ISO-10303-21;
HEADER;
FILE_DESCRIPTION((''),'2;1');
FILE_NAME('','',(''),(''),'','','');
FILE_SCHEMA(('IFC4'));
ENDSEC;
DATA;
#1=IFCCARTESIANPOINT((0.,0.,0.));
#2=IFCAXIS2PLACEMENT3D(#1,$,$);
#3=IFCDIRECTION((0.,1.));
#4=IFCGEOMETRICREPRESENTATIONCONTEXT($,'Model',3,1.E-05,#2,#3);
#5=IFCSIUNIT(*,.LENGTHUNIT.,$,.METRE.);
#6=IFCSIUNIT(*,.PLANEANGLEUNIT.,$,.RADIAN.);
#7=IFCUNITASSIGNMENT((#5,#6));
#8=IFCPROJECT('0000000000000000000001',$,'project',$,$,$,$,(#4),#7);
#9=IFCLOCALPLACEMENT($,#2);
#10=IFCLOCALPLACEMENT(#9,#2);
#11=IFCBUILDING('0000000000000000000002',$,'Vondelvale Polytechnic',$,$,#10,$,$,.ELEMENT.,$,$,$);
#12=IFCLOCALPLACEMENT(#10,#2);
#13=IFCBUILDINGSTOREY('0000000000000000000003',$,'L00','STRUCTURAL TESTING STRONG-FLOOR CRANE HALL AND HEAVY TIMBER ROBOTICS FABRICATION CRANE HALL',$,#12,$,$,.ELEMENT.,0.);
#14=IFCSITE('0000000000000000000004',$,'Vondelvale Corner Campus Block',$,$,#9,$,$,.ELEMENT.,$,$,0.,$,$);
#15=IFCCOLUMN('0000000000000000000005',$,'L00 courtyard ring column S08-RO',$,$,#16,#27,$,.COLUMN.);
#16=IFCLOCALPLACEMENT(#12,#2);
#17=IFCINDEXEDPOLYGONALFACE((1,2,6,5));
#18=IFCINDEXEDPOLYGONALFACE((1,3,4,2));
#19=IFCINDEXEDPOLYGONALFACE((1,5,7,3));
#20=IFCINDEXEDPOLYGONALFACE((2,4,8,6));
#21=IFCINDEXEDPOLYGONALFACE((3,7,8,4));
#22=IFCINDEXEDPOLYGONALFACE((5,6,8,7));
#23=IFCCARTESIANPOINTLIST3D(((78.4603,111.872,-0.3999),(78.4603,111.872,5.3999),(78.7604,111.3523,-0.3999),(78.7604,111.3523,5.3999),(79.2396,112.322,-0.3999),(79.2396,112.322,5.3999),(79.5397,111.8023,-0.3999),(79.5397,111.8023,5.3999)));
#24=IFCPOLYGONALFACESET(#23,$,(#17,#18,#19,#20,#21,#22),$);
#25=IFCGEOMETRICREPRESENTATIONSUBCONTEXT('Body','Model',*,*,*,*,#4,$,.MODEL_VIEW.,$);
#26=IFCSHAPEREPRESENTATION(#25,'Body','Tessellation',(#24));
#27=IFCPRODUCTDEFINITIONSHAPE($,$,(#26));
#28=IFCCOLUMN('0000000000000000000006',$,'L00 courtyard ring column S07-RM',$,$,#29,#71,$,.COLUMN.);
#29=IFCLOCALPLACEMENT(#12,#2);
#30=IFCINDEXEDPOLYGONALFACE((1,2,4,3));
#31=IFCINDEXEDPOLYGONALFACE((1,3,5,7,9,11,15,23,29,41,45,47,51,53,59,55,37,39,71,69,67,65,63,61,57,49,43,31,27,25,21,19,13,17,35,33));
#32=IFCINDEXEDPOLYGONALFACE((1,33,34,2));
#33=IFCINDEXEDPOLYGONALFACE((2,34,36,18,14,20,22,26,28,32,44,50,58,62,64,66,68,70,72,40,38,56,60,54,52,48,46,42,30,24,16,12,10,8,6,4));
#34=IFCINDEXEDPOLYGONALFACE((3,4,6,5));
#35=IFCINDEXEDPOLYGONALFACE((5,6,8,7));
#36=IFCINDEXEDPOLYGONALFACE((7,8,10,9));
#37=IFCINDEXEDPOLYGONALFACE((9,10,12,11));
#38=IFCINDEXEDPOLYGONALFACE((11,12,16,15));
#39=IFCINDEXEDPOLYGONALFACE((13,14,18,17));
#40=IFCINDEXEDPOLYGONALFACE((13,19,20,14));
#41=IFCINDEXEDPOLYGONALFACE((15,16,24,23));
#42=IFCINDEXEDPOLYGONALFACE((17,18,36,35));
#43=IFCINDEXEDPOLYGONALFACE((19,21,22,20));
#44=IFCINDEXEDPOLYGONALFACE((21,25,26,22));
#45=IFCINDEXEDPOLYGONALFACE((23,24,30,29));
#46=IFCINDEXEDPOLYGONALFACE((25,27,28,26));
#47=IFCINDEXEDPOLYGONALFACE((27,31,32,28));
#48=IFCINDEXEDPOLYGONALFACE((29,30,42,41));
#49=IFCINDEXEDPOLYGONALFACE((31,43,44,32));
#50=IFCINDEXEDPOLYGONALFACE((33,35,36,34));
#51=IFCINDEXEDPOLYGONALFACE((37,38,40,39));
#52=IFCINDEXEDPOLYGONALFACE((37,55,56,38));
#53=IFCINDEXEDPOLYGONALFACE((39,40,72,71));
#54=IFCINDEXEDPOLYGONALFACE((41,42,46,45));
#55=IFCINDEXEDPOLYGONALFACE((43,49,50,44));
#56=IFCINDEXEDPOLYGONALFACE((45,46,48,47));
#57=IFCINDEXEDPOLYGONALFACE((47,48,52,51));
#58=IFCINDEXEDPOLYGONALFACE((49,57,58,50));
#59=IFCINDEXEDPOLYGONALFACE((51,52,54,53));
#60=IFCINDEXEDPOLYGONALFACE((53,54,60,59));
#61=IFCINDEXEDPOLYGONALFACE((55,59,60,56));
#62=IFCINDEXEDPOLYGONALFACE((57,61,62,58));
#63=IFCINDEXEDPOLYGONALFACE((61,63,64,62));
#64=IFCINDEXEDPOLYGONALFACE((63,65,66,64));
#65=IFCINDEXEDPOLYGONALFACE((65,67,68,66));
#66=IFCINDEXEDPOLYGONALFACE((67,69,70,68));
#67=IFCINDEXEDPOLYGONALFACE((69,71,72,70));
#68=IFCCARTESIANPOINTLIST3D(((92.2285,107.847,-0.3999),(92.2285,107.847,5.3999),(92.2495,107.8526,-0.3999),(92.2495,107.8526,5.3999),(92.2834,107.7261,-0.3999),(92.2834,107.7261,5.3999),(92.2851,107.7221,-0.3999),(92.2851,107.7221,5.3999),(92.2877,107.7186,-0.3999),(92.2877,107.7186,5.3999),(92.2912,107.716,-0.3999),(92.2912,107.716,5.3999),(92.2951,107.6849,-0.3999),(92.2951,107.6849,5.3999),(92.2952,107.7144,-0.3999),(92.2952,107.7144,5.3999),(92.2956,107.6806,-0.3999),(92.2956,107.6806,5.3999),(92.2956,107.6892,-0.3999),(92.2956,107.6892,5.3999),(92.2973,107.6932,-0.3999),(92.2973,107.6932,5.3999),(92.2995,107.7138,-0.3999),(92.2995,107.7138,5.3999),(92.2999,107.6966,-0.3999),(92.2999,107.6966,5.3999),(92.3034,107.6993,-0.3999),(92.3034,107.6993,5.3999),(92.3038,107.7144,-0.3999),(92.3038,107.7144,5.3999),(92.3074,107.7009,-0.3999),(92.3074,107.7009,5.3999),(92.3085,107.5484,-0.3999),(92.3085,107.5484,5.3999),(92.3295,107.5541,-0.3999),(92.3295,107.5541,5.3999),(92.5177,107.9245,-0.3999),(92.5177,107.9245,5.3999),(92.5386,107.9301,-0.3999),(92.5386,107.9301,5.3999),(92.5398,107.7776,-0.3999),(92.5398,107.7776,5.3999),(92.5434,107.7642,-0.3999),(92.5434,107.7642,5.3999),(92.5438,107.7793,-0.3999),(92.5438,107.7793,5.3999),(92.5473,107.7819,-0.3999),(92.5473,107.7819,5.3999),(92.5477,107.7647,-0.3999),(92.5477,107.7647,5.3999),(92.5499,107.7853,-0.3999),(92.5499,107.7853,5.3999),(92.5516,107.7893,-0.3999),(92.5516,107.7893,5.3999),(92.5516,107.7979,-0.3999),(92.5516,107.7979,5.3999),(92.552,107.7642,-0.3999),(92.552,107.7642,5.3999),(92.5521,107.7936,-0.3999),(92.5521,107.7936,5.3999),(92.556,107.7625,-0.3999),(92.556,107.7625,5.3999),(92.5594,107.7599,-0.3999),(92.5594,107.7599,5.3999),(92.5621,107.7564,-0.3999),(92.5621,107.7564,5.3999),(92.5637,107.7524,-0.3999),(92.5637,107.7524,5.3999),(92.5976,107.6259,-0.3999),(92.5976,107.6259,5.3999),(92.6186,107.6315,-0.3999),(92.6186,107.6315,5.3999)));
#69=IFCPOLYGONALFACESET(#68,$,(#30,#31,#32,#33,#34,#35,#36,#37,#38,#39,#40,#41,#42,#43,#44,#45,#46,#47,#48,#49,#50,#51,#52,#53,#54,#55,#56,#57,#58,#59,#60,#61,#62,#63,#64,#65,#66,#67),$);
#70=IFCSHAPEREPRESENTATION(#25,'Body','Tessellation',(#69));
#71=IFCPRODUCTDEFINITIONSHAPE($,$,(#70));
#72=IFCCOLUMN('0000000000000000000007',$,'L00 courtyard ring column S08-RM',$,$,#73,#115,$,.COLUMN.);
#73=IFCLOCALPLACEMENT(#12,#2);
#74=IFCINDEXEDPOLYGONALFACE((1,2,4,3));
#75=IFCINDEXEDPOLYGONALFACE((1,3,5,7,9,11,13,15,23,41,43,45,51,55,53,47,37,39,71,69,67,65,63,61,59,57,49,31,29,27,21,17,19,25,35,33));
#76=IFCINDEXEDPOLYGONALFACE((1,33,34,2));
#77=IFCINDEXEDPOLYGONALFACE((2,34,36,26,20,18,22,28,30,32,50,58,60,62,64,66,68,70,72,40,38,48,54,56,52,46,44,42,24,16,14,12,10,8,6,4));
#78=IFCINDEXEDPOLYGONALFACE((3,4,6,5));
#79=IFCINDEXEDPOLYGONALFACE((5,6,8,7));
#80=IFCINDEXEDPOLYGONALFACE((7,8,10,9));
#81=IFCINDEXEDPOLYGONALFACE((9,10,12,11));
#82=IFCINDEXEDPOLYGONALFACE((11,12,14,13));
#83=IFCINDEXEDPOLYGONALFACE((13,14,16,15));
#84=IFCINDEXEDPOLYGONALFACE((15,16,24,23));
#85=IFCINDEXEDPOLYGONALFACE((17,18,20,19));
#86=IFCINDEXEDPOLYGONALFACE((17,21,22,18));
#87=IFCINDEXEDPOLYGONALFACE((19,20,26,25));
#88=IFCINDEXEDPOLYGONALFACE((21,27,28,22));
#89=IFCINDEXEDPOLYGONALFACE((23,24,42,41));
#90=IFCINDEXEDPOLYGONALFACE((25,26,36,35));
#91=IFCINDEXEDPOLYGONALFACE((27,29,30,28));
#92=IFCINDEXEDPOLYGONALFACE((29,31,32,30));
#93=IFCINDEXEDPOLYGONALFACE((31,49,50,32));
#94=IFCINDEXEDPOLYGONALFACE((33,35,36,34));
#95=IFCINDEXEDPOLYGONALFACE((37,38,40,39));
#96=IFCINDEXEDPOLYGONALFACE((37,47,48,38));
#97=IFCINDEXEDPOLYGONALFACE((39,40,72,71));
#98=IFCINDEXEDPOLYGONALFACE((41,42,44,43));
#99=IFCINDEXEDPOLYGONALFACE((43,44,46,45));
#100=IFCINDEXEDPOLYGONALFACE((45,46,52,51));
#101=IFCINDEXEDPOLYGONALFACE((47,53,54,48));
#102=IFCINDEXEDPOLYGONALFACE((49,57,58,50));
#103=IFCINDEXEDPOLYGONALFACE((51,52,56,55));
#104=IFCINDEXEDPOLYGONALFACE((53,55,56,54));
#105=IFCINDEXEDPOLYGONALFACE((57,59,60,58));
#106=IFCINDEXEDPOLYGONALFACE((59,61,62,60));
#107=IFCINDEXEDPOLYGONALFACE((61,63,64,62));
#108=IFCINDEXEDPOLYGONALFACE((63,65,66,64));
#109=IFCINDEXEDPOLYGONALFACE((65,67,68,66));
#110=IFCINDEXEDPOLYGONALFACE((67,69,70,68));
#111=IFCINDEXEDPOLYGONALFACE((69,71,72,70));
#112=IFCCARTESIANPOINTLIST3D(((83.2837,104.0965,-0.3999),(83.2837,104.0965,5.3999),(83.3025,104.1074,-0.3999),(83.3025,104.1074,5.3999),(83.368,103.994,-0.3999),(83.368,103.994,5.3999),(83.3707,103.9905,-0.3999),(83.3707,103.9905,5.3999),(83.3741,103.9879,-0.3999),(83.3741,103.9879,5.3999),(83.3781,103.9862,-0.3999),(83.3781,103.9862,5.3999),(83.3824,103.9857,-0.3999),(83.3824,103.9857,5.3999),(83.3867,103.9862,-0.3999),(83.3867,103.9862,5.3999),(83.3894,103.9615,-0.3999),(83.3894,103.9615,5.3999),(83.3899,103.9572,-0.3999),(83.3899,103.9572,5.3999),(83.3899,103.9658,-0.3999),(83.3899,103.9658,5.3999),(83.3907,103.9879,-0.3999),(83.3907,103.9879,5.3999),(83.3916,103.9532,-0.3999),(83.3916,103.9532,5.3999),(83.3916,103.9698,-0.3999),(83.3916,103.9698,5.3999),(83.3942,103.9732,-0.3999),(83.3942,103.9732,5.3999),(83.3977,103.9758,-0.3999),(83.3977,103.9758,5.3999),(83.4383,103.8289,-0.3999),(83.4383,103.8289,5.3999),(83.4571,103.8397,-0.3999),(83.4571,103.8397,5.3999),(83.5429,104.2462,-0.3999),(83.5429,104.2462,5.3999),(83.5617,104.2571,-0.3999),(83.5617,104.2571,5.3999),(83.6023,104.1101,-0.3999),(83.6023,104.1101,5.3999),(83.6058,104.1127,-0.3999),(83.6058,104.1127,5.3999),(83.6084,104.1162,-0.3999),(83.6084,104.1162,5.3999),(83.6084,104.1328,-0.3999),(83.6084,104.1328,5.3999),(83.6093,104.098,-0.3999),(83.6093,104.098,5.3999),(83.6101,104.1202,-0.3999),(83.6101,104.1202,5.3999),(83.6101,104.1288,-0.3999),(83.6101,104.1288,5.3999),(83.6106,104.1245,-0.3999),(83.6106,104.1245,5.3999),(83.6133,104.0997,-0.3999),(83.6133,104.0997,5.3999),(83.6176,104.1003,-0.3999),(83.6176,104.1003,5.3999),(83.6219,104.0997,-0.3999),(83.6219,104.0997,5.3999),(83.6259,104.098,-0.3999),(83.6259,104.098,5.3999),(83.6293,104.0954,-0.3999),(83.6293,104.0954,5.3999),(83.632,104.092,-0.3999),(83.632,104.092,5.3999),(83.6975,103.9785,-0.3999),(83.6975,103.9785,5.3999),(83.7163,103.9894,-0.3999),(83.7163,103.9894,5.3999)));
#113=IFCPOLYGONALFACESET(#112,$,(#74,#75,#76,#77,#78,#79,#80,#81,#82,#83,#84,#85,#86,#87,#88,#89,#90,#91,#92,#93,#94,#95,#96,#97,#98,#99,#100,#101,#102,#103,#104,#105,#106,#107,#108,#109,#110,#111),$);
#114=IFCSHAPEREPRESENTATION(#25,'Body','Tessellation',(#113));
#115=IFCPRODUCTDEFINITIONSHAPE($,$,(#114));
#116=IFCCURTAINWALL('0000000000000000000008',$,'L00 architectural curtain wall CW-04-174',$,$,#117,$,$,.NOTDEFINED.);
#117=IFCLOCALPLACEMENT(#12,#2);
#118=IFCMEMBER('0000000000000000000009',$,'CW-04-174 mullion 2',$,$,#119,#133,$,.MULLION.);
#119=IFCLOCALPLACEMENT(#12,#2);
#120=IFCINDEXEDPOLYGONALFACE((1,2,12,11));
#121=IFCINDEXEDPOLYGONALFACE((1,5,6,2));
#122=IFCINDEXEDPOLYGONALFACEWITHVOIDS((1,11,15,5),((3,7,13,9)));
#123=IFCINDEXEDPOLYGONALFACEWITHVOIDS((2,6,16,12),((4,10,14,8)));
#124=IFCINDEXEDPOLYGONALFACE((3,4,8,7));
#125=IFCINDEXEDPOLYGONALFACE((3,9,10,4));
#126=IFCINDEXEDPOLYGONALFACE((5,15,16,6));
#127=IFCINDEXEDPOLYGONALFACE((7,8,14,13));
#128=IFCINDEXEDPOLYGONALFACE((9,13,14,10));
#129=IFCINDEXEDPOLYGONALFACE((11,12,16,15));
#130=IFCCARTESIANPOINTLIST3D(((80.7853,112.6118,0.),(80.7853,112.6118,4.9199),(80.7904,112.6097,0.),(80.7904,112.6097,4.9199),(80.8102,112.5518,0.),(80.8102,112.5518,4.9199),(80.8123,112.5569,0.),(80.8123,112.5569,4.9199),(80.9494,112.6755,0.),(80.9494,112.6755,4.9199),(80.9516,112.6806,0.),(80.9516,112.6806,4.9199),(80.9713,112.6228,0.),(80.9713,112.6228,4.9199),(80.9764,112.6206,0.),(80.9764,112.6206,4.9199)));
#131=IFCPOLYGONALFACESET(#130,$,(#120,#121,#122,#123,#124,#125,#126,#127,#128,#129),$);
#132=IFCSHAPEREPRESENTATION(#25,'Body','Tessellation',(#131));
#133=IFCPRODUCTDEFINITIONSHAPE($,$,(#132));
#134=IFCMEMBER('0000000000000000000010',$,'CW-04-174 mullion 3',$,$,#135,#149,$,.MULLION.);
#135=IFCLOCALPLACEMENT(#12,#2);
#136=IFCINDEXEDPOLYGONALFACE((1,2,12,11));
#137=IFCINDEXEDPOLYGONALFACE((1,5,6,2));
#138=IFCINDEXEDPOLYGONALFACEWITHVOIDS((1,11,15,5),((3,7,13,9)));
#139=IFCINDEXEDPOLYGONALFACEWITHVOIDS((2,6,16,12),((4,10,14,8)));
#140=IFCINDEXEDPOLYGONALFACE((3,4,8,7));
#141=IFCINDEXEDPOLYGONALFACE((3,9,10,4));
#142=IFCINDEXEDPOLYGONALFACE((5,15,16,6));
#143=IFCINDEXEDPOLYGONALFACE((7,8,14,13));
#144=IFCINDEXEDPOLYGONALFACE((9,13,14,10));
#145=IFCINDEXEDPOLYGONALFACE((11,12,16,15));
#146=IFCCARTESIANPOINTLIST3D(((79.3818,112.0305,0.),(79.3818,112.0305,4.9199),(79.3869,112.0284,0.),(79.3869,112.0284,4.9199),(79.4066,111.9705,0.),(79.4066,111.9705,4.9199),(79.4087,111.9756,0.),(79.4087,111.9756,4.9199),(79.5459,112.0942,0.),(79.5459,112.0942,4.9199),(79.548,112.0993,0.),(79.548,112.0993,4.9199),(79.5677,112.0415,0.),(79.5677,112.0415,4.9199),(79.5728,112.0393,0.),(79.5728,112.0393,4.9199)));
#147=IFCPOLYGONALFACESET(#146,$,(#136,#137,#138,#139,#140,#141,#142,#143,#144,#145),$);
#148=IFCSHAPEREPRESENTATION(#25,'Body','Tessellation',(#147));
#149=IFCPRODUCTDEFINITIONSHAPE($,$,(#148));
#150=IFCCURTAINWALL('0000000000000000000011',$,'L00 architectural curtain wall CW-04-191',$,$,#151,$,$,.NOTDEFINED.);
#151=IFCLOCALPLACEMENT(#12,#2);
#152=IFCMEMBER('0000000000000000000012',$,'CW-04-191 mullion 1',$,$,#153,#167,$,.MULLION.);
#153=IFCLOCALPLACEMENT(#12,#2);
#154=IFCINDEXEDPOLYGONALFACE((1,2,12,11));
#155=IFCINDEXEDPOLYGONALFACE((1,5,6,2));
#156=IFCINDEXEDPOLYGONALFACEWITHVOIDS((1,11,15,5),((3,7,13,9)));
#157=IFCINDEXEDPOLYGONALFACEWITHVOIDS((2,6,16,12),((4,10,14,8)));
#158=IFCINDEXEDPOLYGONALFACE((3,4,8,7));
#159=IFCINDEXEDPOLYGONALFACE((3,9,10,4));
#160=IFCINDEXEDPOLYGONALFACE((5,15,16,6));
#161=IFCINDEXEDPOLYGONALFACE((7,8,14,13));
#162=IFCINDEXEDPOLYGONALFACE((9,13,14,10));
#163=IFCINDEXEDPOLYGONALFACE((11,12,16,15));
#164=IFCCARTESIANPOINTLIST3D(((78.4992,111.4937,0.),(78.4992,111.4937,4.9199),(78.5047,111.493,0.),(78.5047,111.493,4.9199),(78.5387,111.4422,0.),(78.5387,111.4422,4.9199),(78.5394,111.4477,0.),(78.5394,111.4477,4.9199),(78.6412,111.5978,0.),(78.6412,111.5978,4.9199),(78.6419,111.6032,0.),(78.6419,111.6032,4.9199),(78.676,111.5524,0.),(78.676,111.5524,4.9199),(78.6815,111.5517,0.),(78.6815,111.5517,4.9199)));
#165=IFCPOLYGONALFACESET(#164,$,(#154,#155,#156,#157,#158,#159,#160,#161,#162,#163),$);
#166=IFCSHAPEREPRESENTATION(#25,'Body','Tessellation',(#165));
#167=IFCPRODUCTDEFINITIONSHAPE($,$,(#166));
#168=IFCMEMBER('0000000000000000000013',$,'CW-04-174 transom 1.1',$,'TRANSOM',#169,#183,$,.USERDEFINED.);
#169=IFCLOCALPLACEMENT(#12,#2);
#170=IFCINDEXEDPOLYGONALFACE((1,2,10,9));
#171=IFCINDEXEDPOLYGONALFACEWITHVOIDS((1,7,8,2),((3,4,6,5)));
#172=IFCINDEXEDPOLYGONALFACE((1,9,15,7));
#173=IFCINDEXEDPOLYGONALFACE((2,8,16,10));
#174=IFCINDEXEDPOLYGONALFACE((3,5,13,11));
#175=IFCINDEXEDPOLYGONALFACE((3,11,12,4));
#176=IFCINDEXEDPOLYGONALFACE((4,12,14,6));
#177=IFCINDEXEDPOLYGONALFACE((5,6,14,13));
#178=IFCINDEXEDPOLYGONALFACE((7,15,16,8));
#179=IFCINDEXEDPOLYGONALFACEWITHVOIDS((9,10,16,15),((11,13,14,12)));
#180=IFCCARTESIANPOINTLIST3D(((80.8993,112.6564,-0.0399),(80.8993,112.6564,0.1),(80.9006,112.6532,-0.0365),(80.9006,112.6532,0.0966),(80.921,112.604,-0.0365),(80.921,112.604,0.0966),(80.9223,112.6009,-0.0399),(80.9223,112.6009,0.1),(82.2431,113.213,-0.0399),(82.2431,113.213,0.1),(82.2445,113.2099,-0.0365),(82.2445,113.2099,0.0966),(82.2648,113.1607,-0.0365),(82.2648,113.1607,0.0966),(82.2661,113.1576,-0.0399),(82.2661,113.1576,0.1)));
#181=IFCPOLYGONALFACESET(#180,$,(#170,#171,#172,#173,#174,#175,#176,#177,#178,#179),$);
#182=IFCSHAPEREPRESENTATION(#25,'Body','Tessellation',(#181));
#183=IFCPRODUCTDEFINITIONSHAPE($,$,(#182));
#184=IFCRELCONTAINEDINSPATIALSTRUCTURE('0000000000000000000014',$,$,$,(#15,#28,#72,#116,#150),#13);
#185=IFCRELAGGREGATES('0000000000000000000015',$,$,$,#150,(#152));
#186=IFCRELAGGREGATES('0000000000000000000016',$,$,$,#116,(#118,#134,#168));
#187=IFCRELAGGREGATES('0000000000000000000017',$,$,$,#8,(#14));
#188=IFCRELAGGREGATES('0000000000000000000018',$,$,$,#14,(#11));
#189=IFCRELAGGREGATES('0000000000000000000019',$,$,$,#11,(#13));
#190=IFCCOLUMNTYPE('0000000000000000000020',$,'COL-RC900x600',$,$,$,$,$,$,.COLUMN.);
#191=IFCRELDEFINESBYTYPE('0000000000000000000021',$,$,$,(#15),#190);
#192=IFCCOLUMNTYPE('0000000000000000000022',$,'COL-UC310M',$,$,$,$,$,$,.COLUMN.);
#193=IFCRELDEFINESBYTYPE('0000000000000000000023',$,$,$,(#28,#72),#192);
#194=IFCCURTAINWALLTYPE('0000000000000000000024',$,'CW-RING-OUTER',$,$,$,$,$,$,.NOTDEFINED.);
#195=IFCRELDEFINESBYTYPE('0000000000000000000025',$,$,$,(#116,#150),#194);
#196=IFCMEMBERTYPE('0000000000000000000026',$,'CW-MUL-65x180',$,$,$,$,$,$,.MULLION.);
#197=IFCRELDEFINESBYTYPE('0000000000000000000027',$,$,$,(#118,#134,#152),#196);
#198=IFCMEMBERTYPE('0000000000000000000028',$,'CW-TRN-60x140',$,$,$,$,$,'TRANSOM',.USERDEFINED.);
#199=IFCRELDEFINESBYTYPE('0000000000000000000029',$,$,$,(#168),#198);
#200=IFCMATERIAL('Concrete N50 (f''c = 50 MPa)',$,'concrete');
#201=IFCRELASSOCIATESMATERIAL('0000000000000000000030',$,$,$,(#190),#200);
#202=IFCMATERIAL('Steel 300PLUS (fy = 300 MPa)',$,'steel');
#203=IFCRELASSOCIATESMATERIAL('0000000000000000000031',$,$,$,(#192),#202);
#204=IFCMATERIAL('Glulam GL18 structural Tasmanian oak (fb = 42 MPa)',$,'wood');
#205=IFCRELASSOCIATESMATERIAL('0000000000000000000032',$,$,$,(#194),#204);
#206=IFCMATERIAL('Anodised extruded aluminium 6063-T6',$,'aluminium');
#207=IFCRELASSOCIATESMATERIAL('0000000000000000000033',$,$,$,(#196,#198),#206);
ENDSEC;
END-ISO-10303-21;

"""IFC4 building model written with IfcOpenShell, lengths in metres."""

from ifc_helpers import new_model, si_unit, direction, frame, origin, origin_2d, place, context, subcontext, project, spatial, rectangle, hollow_rectangle, i_section, extrude, material, material_profile, profile_set, type_object, element, aggregate, save


model = new_model("IFC4")

# Units and contexts
model_context = context("Model", 3, precision=1e-05, world=origin(), true_north=direction((0.0, 1.0)))
body_context = subcontext(model_context, "Body", "Model", "MODEL_VIEW")
ifc_project = project(units=[si_unit("LENGTHUNIT", "METRE"), si_unit("PLANEANGLEUNIT", "RADIAN")], contexts=[model_context])

# Site, building, storey
site_placement = place(None, origin())
site = spatial("IfcSite", under=ifc_project, at=site_placement, Name="Vondelvale Corner Campus Block", CompositionType="ELEMENT", RefElevation=0.0)
building_placement = place(site_placement, origin())
building = spatial("IfcBuilding", under=site, at=building_placement, Name="Vondelvale Polytechnic", CompositionType="ELEMENT")
storey_placement = place(building_placement, origin())
storey = spatial("IfcBuildingStorey", under=building, at=storey_placement, Name="L00", Description="STRUCTURAL TESTING STRONG-FLOOR CRANE HALL AND HEAVY TIMBER ROBOTICS FABRICATION CRANE HALL", CompositionType="ELEMENT", Elevation=0.0)

# Columns
ifc_material_1 = material(Name="Concrete N50 (f'c = 50 MPa)", Category="concrete")
ifc_material_profile_1 = material_profile(ifc_material_1, rectangle(XDim=0.6001, YDim=0.8999, at=origin_2d()), Name="RC-COL-900x600")
ifc_profile_set_1 = profile_set([ifc_material_profile_1], Name="Concrete N50 (f'c = 50 MPa)")
column_type_1 = type_object("IfcColumnType", Name="COL-RC900x600", PredefinedType="COLUMN", material=ifc_profile_set_1)
column_placement = place(storey_placement, frame((79.0, 111.8372, -0.3999), z_axis=(0.0, 0.0, 1.0), x_axis=(-0.5, 0.866025, 0.0)))
element("IfcColumn", 1, at=column_placement, inside=storey, type_object=column_type_1, Name="L00 courtyard ring column S08-RO", PredefinedType="COLUMN", context=body_context, shape_type="SweptSolid", body=[
    extrude(rectangle(XDim=0.6001, YDim=0.8999, at=origin_2d()), origin(), (0.0, 0.0, 1.0), 5.7998),
])
ifc_material_2 = material(Name="Steel 300PLUS (fy = 300 MPa)", Category="steel")
ifc_material_profile_2 = material_profile(ifc_material_2, i_section(OverallWidth=0.3091, OverallDepth=0.321, WebThickness=0.0139, FlangeThickness=0.0217, FilletRadius=0.0166, at=origin_2d()), Name="310UC137")
ifc_profile_set_2 = profile_set([ifc_material_profile_2], Name="Steel 300PLUS (fy = 300 MPa)")
column_type_2 = type_object("IfcColumnType", Name="COL-UC310M", PredefinedType="COLUMN", material=ifc_profile_set_2)
for number, where, z_axis, x_axis, name in (
    (2, (92.4236, 107.7393, -0.3999), (0.0, 0.0, 1.0), (-0.258819, 0.965926, 0.0), "L00 courtyard ring column S07-RM"),
    (3, (83.5, 104.043, -0.3999), (0.0, 0.0, 1.0), (-0.5, 0.866025, 0.0), "L00 courtyard ring column S08-RM"),
):
    element("IfcColumn", number, at=place(storey_placement, frame(where, z_axis=z_axis, x_axis=x_axis)), inside=storey, type_object=column_type_2, Name=name, PredefinedType="COLUMN", context=body_context, shape_type="SweptSolid", body=[
        extrude(i_section(OverallWidth=0.3091, OverallDepth=0.321, WebThickness=0.0139, FlangeThickness=0.0217, FilletRadius=0.0166, at=origin_2d()), origin(), (0.0, 0.0, 1.0), 5.7998),
    ])

# Curtain wall, members
ifc_material_3 = material(Name="Glulam GL18 structural Tasmanian oak (fb = 42 MPa)", Category="wood")
curtain_wall_type = type_object("IfcCurtainWallType", Name="CW-RING-OUTER", PredefinedType="NOTDEFINED", material=ifc_material_3)
curtain_wall_1_placement = place(storey_placement, origin())
curtain_wall_1 = element("IfcCurtainWall", 4, at=curtain_wall_1_placement, inside=storey, type_object=curtain_wall_type, Name="L00 architectural curtain wall CW-04-174", PredefinedType="NOTDEFINED")
ifc_material_4 = material(Name="Anodised extruded aluminium 6063-T6", Category="aluminium")
ifc_material_profile_3 = material_profile(ifc_material_4, hollow_rectangle(XDim=0.0649, YDim=0.1799, WallThickness=0.0039, at=origin_2d()), Name="CW-MUL-180x65")
ifc_profile_set_3 = profile_set([ifc_material_profile_3], Name="Anodised extruded aluminium 6063-T6")
member_type_1 = type_object("IfcMemberType", Name="CW-MUL-65x180", PredefinedType="MULLION", material=ifc_profile_set_3)
member_1_placement = place(storey_placement, frame((80.8809, 112.6162, 0.0), z_axis=(0.0, 0.0, 1.0), x_axis=(0.382679, -0.923881, 0.0)))
member_1 = element("IfcMember", 5, at=member_1_placement, type_object=member_type_1, Name="CW-04-174 mullion 2", PredefinedType="MULLION", context=body_context, shape_type="SweptSolid", body=[
    extrude(hollow_rectangle(XDim=0.0649, YDim=0.1799, WallThickness=0.0039, at=origin_2d()), origin(), (0.0, 0.0, 1.0), 4.9199),
])
member_2_placement = place(storey_placement, frame((79.4773, 112.0349, 0.0), z_axis=(0.0, 0.0, 1.0), x_axis=(0.382679, -0.923881, 0.0)))
member_2 = element("IfcMember", 6, at=member_2_placement, type_object=member_type_1, Name="CW-04-174 mullion 3", PredefinedType="MULLION", context=body_context, shape_type="SweptSolid", body=[
    extrude(hollow_rectangle(XDim=0.0649, YDim=0.1799, WallThickness=0.0039, at=origin_2d()), origin(), (0.0, 0.0, 1.0), 4.9199),
])

# Curtain wall, member
curtain_wall_2_placement = place(storey_placement, origin())
curtain_wall_2 = element("IfcCurtainWall", 7, at=curtain_wall_2_placement, inside=storey, type_object=curtain_wall_type, Name="L00 architectural curtain wall CW-04-191", PredefinedType="NOTDEFINED")
member_3_placement = place(storey_placement, frame((78.5903, 111.5227, 0.0), z_axis=(0.0, 0.0, 1.0), x_axis=(0.608764, -0.793352, 0.0)))
member_3 = element("IfcMember", 8, at=member_3_placement, type_object=member_type_1, Name="CW-04-191 mullion 1", PredefinedType="MULLION", context=body_context, shape_type="SweptSolid", body=[
    extrude(hollow_rectangle(XDim=0.0649, YDim=0.1799, WallThickness=0.0039, at=origin_2d()), origin(), (0.0, 0.0, 1.0), 4.9199),
])

# Member
ifc_material_profile_4 = material_profile(ifc_material_4, hollow_rectangle(XDim=0.0601, YDim=0.1399, WallThickness=0.0034, at=origin_2d()), Name="CW-TRN-140x60")
ifc_profile_set_4 = profile_set([ifc_material_profile_4], Name="Anodised extruded aluminium 6063-T6")
member_type_2 = type_object("IfcMemberType", Name="CW-TRN-60x140", ElementType="TRANSOM", PredefinedType="USERDEFINED", material=ifc_profile_set_4)
member_4_placement = place(storey_placement, frame((82.2546, 113.1853, 0.03), z_axis=(-0.92387, -0.382708, 0.0), x_axis=(0.382708, -0.92387, 0.0)))
member_4 = element("IfcMember", 9, at=member_4_placement, type_object=member_type_2, Name="CW-04-174 transom 1.1", ObjectType="TRANSOM", PredefinedType="USERDEFINED", context=body_context, shape_type="SweptSolid", body=[
    extrude(hollow_rectangle(XDim=0.0601, YDim=0.1399, WallThickness=0.0034, at=origin_2d()), origin(), (0.0, 0.0, 1.0), 1.4546),
])
aggregate(curtain_wall_2, [member_3])

aggregate(curtain_wall_1, [member_1, member_2, member_4])

save(model, "model.ifc")
